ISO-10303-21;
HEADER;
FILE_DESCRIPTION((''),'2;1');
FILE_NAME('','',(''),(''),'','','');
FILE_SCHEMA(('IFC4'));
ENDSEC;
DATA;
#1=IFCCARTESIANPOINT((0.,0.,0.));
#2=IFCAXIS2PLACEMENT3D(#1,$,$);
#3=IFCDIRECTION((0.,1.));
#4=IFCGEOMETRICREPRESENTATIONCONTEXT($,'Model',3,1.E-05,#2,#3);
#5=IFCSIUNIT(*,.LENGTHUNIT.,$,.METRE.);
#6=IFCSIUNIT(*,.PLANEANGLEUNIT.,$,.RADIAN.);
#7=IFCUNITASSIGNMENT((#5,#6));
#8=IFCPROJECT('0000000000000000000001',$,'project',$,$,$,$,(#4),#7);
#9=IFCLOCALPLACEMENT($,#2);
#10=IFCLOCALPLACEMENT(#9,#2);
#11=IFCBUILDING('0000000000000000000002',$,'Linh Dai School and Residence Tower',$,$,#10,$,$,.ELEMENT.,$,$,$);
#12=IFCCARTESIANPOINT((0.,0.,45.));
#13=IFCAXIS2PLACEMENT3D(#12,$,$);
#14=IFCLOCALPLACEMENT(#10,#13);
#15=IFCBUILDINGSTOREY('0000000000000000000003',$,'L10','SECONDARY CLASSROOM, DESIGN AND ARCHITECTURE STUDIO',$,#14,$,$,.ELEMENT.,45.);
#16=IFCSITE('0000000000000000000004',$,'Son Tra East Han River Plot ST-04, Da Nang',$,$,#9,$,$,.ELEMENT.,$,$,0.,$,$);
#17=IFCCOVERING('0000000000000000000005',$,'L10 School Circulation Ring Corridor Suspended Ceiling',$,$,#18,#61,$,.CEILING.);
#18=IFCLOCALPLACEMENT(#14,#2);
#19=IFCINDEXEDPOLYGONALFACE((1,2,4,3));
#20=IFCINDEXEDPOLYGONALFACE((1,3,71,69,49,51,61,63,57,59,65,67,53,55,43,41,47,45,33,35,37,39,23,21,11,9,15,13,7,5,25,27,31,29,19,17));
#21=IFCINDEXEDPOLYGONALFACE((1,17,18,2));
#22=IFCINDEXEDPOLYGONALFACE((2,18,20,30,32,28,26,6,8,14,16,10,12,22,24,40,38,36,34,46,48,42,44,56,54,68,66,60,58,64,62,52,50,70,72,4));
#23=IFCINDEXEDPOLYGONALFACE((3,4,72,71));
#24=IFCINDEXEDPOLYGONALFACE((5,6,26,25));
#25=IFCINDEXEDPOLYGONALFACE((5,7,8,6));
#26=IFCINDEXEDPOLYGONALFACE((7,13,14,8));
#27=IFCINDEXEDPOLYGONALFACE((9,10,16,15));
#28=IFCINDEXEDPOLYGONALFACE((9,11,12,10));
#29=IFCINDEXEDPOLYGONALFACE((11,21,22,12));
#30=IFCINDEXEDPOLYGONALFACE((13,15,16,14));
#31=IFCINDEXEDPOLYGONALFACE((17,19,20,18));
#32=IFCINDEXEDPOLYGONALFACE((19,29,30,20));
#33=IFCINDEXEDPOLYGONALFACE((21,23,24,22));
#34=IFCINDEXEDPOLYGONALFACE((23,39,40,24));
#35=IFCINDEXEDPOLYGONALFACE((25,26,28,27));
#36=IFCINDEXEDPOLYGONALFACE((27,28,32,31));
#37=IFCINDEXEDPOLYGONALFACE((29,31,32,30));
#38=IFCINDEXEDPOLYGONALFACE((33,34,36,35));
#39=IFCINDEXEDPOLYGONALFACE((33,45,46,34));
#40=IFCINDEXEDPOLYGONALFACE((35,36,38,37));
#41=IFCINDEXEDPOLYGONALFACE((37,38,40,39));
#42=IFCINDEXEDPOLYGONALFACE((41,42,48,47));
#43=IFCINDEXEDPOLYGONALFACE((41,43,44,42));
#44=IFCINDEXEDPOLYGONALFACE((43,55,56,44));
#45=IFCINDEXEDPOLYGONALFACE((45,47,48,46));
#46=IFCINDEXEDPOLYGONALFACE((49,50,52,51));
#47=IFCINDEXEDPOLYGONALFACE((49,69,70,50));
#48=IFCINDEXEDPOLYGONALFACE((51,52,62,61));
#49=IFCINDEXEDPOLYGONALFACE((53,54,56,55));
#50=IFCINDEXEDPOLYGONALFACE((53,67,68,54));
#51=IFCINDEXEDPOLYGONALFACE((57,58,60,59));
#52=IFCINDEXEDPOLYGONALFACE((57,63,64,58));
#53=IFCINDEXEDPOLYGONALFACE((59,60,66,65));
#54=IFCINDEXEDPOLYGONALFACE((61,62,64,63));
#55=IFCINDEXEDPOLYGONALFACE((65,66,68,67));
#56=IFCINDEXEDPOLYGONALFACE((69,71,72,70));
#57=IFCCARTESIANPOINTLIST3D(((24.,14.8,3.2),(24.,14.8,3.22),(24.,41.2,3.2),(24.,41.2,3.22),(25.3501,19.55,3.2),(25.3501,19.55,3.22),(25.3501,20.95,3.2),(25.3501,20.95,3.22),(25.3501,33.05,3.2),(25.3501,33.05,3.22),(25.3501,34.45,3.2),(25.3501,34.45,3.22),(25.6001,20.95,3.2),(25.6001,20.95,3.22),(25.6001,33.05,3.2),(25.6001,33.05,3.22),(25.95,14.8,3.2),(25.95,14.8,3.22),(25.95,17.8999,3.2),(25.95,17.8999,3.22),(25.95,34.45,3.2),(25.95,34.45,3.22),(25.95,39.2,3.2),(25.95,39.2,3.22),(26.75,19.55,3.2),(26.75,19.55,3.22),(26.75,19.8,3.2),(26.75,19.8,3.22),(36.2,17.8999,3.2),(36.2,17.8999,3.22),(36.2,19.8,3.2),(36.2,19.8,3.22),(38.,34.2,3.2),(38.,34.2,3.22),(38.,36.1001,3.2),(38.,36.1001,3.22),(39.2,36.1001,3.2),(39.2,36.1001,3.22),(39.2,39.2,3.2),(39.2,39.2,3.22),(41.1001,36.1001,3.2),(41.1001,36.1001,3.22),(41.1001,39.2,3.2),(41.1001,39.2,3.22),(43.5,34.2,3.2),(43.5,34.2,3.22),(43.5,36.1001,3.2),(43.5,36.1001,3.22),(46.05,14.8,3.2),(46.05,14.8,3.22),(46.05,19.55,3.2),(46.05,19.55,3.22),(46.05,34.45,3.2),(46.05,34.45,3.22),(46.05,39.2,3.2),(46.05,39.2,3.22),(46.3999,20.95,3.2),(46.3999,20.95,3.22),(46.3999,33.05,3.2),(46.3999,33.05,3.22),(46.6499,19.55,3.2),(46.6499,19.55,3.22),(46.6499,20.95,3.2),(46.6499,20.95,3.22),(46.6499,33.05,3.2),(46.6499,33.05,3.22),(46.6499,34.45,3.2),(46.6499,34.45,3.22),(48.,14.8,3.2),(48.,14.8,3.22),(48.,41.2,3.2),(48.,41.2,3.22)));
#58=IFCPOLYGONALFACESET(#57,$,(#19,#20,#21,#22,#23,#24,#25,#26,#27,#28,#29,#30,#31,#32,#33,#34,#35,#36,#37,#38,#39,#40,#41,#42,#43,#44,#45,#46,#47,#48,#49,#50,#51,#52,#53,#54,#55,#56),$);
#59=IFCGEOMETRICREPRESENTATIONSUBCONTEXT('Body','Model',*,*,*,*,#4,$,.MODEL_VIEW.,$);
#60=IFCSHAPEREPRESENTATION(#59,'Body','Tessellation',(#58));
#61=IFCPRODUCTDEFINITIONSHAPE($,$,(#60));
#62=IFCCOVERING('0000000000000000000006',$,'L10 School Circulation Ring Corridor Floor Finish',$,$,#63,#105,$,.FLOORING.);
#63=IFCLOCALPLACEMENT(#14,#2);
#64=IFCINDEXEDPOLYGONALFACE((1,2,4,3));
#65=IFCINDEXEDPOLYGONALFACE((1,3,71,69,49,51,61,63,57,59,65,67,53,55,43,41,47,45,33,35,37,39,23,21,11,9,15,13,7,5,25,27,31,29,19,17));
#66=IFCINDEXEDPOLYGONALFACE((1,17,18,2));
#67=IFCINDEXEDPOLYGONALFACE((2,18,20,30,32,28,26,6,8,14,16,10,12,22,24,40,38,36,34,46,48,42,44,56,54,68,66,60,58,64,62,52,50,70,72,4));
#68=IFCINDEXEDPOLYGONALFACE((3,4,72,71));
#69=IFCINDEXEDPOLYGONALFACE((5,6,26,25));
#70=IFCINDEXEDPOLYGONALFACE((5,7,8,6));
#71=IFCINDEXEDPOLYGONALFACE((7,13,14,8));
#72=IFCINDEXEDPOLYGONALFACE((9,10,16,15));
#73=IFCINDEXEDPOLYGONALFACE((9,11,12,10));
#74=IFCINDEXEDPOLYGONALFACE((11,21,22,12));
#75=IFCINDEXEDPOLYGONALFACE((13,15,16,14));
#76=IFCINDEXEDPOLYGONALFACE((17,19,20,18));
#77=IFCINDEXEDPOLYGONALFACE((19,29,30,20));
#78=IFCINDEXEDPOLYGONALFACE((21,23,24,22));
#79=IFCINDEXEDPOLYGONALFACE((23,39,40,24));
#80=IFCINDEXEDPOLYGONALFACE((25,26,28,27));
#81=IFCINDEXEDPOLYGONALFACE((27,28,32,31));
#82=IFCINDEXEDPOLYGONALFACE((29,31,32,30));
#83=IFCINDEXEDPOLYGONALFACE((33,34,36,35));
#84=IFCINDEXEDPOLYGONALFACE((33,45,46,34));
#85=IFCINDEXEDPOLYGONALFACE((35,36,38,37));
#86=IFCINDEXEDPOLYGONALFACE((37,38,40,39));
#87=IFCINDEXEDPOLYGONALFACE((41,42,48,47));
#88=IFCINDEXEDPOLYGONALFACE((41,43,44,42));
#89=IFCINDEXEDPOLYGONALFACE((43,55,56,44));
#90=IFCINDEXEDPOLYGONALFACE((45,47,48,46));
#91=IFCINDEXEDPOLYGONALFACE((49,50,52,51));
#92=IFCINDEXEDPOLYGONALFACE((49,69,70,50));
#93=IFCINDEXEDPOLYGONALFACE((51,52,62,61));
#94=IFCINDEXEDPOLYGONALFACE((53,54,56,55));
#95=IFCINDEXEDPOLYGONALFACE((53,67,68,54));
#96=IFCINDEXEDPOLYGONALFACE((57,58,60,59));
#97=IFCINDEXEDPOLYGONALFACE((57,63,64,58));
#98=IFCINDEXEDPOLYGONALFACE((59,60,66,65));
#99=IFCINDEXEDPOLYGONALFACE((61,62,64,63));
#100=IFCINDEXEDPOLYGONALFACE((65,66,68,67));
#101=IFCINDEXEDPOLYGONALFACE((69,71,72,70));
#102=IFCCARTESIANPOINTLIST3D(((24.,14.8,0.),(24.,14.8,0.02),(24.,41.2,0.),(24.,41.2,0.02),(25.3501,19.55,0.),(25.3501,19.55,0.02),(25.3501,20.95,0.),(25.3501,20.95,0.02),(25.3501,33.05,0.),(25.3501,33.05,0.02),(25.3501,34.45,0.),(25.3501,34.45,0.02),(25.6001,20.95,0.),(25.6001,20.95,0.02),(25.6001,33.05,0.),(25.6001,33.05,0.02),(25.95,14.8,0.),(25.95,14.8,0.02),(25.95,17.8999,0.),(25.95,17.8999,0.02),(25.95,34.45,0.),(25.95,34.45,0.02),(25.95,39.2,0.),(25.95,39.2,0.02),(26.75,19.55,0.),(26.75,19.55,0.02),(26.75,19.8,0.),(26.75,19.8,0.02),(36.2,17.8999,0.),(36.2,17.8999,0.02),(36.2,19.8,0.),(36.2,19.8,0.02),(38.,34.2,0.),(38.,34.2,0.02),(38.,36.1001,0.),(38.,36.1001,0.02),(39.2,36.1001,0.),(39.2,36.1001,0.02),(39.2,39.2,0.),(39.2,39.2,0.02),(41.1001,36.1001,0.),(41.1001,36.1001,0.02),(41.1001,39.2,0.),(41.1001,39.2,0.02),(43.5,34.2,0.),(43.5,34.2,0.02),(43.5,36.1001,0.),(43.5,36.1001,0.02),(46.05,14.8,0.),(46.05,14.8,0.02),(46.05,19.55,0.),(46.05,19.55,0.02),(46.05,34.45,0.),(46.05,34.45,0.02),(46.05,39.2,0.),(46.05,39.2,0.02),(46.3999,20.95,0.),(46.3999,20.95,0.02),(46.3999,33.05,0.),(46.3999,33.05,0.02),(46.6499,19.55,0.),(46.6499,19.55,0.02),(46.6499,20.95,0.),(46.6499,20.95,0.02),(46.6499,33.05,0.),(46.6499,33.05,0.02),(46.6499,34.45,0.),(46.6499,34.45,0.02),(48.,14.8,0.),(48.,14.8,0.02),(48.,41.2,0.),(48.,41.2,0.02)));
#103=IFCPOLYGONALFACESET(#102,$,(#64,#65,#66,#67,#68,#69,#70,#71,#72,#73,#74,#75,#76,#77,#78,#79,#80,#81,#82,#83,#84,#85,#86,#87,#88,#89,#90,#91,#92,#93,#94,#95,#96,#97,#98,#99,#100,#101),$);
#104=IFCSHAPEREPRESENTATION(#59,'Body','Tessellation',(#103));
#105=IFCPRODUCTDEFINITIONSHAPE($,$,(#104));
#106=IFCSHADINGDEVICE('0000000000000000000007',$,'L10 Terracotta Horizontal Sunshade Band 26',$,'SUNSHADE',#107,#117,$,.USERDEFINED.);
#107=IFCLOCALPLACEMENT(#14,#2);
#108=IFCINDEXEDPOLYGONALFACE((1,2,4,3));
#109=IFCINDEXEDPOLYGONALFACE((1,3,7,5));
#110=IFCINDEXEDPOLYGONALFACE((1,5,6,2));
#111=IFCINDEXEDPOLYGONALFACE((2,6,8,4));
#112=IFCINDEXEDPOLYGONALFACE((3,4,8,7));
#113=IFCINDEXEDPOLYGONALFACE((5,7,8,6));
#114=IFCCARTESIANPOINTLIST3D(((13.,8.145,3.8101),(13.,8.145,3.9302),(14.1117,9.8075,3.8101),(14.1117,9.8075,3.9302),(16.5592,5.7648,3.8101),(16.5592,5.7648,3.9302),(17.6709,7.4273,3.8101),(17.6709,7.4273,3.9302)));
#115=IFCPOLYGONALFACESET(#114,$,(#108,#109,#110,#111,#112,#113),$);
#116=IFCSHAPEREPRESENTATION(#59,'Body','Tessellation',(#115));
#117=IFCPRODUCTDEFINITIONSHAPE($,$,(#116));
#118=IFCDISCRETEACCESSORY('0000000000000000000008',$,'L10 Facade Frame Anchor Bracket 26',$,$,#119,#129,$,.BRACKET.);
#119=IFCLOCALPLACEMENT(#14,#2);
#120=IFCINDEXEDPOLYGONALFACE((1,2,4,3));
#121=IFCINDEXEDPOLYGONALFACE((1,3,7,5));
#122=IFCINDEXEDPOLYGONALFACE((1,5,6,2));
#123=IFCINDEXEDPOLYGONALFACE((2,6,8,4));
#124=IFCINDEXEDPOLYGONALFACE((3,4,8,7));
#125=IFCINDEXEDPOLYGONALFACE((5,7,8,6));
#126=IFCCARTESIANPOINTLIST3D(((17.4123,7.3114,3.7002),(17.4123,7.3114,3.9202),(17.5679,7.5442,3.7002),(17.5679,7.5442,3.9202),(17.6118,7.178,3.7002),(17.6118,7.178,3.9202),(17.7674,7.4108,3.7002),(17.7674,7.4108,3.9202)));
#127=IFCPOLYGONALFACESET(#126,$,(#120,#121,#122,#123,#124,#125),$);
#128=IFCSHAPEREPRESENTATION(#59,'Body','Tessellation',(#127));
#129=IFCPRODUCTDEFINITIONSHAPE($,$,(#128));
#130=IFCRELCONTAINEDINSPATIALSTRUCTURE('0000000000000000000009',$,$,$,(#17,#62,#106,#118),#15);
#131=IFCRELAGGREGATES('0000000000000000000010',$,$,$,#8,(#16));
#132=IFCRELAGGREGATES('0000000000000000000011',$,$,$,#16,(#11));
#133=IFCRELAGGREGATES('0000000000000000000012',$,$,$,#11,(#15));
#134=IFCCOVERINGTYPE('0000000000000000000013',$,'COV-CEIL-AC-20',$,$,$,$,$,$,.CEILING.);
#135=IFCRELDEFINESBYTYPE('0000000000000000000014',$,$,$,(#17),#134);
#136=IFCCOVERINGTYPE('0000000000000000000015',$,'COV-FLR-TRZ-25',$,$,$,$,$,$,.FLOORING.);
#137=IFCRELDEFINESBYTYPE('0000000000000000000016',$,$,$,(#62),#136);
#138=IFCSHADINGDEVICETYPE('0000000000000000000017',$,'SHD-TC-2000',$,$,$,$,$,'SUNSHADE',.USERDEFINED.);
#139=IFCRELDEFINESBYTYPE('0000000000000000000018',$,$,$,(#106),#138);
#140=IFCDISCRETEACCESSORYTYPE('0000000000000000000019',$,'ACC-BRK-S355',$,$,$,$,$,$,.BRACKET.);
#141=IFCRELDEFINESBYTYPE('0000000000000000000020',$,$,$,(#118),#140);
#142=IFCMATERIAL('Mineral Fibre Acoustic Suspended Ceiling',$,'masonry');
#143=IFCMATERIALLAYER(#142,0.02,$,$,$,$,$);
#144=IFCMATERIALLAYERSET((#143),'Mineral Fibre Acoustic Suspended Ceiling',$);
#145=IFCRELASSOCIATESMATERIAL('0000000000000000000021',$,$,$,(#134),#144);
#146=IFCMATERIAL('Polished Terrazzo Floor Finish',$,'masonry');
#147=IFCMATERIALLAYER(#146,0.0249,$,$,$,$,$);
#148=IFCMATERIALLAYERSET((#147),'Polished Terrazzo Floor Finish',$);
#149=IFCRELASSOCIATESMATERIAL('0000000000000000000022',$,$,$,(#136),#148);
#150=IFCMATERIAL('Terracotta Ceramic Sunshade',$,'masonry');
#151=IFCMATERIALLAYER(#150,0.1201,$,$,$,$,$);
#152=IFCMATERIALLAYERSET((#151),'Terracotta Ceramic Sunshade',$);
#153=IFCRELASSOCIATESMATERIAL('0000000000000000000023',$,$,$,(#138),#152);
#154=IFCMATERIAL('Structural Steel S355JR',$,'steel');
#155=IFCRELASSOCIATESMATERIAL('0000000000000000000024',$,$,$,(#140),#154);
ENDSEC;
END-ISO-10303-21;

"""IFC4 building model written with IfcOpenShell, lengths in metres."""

from ifc_helpers import new_model, si_unit, direction, frame, origin, origin_2d, place, context, subcontext, project, spatial, polyline, rectangle, outline, extrude, source, transform, mapped, material, layer, layer_set, type_object, element, save


model = new_model("IFC4")

# Units and contexts
model_context = context("Model", 3, precision=1e-05, world=origin(), true_north=direction((0.0, 1.0)))
body_context = subcontext(model_context, "Body", "Model", "MODEL_VIEW")
ifc_project = project(units=[si_unit("LENGTHUNIT", "METRE"), si_unit("PLANEANGLEUNIT", "RADIAN")], contexts=[model_context])

# Site, building, storey
site_placement = place(None, origin())
site = spatial("IfcSite", under=ifc_project, at=site_placement, Name="Son Tra East Han River Plot ST-04, Da Nang", CompositionType="ELEMENT", RefElevation=0.0)
building_placement = place(site_placement, origin())
building = spatial("IfcBuilding", under=site, at=building_placement, Name="Linh Dai School and Residence Tower", CompositionType="ELEMENT")
storey_placement = place(building_placement, frame((0.0, 0.0, 45.0)))
storey = spatial("IfcBuildingStorey", under=building, at=storey_placement, Name="L10", Description="SECONDARY CLASSROOM, DESIGN AND ARCHITECTURE STUDIO", CompositionType="ELEMENT", Elevation=45.0)

# Shared definitions
ifc_material_1 = material(Name="Structural Steel S355JR", Category="steel")

# Coverings
ifc_material_2 = material(Name="Mineral Fibre Acoustic Suspended Ceiling", Category="masonry")
ifc_layer_1 = layer(ifc_material_2, 0.02)
ifc_layer_set_1 = layer_set([ifc_layer_1], Name="Mineral Fibre Acoustic Suspended Ceiling")
covering_type_1 = type_object("IfcCoveringType", Name="COV-CEIL-AC-20", PredefinedType="CEILING", material=ifc_layer_set_1)
covering_1_placement = place(storey_placement, frame((0.0, 0.0, 3.2)))
element("IfcCovering", 1, at=covering_1_placement, inside=storey, type_object=covering_type_1, Name="L10 School Circulation Ring Corridor Suspended Ceiling", PredefinedType="CEILING", context=body_context, shape_type="SweptSolid", body=[
    extrude(outline(polyline([(24.0, 41.2), (48.0, 41.2), (48.0, 14.8), (46.05, 14.8), (46.05, 19.55), (46.6499, 19.55), (46.6499, 20.95), (46.3999, 20.95), (46.3999, 33.05), (46.6499, 33.05), (46.6499, 34.45), (46.05, 34.45), (46.05, 39.2), (41.1001, 39.2), (41.1001, 36.1001), (43.5, 36.1001), (43.5, 34.2), (38.0, 34.2), (38.0, 36.1001), (39.2, 36.1001), (39.2, 39.2), (25.95, 39.2), (25.95, 34.45), (25.3501, 34.45), (25.3501, 33.05), (25.6001, 33.05), (25.6001, 20.95), (25.3501, 20.95), (25.3501, 19.55), (26.75, 19.55), (26.75, 19.8), (36.2, 19.8), (36.2, 17.8999), (25.95, 17.8999), (25.95, 14.8), (24.0, 14.8), (24.0, 41.2)])), origin(), (0.0, 0.0, 1.0), 0.02),
])
ifc_material_3 = material(Name="Polished Terrazzo Floor Finish", Category="masonry")
ifc_layer_2 = layer(ifc_material_3, 0.0249)
ifc_layer_set_2 = layer_set([ifc_layer_2], Name="Polished Terrazzo Floor Finish")
covering_type_2 = type_object("IfcCoveringType", Name="COV-FLR-TRZ-25", PredefinedType="FLOORING", material=ifc_layer_set_2)
covering_2_placement = place(storey_placement, origin())
element("IfcCovering", 2, at=covering_2_placement, inside=storey, type_object=covering_type_2, Name="L10 School Circulation Ring Corridor Floor Finish", PredefinedType="FLOORING", context=body_context, shape_type="SweptSolid", body=[
    extrude(outline(polyline([(24.0, 41.2), (48.0, 41.2), (48.0, 14.8), (46.05, 14.8), (46.05, 19.55), (46.6499, 19.55), (46.6499, 20.95), (46.3999, 20.95), (46.3999, 33.05), (46.6499, 33.05), (46.6499, 34.45), (46.05, 34.45), (46.05, 39.2), (41.1001, 39.2), (41.1001, 36.1001), (43.5, 36.1001), (43.5, 34.2), (38.0, 34.2), (38.0, 36.1001), (39.2, 36.1001), (39.2, 39.2), (25.95, 39.2), (25.95, 34.45), (25.3501, 34.45), (25.3501, 33.05), (25.6001, 33.05), (25.6001, 20.95), (25.3501, 20.95), (25.3501, 19.55), (26.75, 19.55), (26.75, 19.8), (36.2, 19.8), (36.2, 17.8999), (25.95, 17.8999), (25.95, 14.8), (24.0, 14.8), (24.0, 41.2)])), origin(), (0.0, 0.0, 1.0), 0.02),
])

# Shading device
ifc_material_4 = material(Name="Terracotta Ceramic Sunshade", Category="masonry")
ifc_layer_3 = layer(ifc_material_4, 0.1201)
ifc_layer_set_3 = layer_set([ifc_layer_3], Name="Terracotta Ceramic Sunshade")
shading_device_type = type_object("IfcShadingDeviceType", Name="SHD-TC-2000", ElementType="SUNSHADE", PredefinedType="USERDEFINED", material=ifc_layer_set_3)
shared_shape_1 = source(origin(), body_context, "Body", "SweptSolid", [
    extrude(rectangle(XDim=4.2817, YDim=2.0, at=origin_2d()), origin(), (0.0, 0.0, 1.0), 0.1201),
])
shading_device_placement = place(storey_placement, frame((15.3354, 7.7861, 3.8101), z_axis=(0.0, 0.0, 1.0), x_axis=(-0.831251, 0.555898, 0.0)))
element("IfcShadingDevice", 3, at=shading_device_placement, inside=storey, type_object=shading_device_type, Name="L10 Terracotta Horizontal Sunshade Band 26", ObjectType="SUNSHADE", PredefinedType="USERDEFINED", context=body_context, shape_type="MappedRepresentation", body=[
    mapped(shared_shape_1, transform((0.0, 0.0, 0.0), x_axis=(1.0, 0.0, 0.0), y_axis=(0.0, 1.0, 0.0), z_axis=(0.0, 0.0, 1.0), scale=1.0)),
])

# Discrete accessory
discrete_accessory_type = type_object("IfcDiscreteAccessoryType", Name="ACC-BRK-S355", PredefinedType="BRACKET", material=ifc_material_1)
shared_shape_2 = source(origin(), body_context, "Body", "SweptSolid", [
    extrude(rectangle(XDim=0.28, YDim=0.24, at=origin_2d()), origin(), (0.0, 0.0, 1.0), 0.22),
])
discrete_accessory_placement = place(storey_placement, frame((17.5898, 7.3611, 3.7002), z_axis=(0.0, 0.0, 1.0), x_axis=(-0.555898, -0.831251, 0.0)))
element("IfcDiscreteAccessory", 4, at=discrete_accessory_placement, inside=storey, type_object=discrete_accessory_type, Name="L10 Facade Frame Anchor Bracket 26", PredefinedType="BRACKET", context=body_context, shape_type="MappedRepresentation", body=[
    mapped(shared_shape_2, transform((0.0, 0.0, 0.0), x_axis=(1.0, 0.0, 0.0), y_axis=(0.0, 1.0, 0.0), z_axis=(0.0, 0.0, 1.0), scale=1.0)),
])

save(model, "model.ifc")
